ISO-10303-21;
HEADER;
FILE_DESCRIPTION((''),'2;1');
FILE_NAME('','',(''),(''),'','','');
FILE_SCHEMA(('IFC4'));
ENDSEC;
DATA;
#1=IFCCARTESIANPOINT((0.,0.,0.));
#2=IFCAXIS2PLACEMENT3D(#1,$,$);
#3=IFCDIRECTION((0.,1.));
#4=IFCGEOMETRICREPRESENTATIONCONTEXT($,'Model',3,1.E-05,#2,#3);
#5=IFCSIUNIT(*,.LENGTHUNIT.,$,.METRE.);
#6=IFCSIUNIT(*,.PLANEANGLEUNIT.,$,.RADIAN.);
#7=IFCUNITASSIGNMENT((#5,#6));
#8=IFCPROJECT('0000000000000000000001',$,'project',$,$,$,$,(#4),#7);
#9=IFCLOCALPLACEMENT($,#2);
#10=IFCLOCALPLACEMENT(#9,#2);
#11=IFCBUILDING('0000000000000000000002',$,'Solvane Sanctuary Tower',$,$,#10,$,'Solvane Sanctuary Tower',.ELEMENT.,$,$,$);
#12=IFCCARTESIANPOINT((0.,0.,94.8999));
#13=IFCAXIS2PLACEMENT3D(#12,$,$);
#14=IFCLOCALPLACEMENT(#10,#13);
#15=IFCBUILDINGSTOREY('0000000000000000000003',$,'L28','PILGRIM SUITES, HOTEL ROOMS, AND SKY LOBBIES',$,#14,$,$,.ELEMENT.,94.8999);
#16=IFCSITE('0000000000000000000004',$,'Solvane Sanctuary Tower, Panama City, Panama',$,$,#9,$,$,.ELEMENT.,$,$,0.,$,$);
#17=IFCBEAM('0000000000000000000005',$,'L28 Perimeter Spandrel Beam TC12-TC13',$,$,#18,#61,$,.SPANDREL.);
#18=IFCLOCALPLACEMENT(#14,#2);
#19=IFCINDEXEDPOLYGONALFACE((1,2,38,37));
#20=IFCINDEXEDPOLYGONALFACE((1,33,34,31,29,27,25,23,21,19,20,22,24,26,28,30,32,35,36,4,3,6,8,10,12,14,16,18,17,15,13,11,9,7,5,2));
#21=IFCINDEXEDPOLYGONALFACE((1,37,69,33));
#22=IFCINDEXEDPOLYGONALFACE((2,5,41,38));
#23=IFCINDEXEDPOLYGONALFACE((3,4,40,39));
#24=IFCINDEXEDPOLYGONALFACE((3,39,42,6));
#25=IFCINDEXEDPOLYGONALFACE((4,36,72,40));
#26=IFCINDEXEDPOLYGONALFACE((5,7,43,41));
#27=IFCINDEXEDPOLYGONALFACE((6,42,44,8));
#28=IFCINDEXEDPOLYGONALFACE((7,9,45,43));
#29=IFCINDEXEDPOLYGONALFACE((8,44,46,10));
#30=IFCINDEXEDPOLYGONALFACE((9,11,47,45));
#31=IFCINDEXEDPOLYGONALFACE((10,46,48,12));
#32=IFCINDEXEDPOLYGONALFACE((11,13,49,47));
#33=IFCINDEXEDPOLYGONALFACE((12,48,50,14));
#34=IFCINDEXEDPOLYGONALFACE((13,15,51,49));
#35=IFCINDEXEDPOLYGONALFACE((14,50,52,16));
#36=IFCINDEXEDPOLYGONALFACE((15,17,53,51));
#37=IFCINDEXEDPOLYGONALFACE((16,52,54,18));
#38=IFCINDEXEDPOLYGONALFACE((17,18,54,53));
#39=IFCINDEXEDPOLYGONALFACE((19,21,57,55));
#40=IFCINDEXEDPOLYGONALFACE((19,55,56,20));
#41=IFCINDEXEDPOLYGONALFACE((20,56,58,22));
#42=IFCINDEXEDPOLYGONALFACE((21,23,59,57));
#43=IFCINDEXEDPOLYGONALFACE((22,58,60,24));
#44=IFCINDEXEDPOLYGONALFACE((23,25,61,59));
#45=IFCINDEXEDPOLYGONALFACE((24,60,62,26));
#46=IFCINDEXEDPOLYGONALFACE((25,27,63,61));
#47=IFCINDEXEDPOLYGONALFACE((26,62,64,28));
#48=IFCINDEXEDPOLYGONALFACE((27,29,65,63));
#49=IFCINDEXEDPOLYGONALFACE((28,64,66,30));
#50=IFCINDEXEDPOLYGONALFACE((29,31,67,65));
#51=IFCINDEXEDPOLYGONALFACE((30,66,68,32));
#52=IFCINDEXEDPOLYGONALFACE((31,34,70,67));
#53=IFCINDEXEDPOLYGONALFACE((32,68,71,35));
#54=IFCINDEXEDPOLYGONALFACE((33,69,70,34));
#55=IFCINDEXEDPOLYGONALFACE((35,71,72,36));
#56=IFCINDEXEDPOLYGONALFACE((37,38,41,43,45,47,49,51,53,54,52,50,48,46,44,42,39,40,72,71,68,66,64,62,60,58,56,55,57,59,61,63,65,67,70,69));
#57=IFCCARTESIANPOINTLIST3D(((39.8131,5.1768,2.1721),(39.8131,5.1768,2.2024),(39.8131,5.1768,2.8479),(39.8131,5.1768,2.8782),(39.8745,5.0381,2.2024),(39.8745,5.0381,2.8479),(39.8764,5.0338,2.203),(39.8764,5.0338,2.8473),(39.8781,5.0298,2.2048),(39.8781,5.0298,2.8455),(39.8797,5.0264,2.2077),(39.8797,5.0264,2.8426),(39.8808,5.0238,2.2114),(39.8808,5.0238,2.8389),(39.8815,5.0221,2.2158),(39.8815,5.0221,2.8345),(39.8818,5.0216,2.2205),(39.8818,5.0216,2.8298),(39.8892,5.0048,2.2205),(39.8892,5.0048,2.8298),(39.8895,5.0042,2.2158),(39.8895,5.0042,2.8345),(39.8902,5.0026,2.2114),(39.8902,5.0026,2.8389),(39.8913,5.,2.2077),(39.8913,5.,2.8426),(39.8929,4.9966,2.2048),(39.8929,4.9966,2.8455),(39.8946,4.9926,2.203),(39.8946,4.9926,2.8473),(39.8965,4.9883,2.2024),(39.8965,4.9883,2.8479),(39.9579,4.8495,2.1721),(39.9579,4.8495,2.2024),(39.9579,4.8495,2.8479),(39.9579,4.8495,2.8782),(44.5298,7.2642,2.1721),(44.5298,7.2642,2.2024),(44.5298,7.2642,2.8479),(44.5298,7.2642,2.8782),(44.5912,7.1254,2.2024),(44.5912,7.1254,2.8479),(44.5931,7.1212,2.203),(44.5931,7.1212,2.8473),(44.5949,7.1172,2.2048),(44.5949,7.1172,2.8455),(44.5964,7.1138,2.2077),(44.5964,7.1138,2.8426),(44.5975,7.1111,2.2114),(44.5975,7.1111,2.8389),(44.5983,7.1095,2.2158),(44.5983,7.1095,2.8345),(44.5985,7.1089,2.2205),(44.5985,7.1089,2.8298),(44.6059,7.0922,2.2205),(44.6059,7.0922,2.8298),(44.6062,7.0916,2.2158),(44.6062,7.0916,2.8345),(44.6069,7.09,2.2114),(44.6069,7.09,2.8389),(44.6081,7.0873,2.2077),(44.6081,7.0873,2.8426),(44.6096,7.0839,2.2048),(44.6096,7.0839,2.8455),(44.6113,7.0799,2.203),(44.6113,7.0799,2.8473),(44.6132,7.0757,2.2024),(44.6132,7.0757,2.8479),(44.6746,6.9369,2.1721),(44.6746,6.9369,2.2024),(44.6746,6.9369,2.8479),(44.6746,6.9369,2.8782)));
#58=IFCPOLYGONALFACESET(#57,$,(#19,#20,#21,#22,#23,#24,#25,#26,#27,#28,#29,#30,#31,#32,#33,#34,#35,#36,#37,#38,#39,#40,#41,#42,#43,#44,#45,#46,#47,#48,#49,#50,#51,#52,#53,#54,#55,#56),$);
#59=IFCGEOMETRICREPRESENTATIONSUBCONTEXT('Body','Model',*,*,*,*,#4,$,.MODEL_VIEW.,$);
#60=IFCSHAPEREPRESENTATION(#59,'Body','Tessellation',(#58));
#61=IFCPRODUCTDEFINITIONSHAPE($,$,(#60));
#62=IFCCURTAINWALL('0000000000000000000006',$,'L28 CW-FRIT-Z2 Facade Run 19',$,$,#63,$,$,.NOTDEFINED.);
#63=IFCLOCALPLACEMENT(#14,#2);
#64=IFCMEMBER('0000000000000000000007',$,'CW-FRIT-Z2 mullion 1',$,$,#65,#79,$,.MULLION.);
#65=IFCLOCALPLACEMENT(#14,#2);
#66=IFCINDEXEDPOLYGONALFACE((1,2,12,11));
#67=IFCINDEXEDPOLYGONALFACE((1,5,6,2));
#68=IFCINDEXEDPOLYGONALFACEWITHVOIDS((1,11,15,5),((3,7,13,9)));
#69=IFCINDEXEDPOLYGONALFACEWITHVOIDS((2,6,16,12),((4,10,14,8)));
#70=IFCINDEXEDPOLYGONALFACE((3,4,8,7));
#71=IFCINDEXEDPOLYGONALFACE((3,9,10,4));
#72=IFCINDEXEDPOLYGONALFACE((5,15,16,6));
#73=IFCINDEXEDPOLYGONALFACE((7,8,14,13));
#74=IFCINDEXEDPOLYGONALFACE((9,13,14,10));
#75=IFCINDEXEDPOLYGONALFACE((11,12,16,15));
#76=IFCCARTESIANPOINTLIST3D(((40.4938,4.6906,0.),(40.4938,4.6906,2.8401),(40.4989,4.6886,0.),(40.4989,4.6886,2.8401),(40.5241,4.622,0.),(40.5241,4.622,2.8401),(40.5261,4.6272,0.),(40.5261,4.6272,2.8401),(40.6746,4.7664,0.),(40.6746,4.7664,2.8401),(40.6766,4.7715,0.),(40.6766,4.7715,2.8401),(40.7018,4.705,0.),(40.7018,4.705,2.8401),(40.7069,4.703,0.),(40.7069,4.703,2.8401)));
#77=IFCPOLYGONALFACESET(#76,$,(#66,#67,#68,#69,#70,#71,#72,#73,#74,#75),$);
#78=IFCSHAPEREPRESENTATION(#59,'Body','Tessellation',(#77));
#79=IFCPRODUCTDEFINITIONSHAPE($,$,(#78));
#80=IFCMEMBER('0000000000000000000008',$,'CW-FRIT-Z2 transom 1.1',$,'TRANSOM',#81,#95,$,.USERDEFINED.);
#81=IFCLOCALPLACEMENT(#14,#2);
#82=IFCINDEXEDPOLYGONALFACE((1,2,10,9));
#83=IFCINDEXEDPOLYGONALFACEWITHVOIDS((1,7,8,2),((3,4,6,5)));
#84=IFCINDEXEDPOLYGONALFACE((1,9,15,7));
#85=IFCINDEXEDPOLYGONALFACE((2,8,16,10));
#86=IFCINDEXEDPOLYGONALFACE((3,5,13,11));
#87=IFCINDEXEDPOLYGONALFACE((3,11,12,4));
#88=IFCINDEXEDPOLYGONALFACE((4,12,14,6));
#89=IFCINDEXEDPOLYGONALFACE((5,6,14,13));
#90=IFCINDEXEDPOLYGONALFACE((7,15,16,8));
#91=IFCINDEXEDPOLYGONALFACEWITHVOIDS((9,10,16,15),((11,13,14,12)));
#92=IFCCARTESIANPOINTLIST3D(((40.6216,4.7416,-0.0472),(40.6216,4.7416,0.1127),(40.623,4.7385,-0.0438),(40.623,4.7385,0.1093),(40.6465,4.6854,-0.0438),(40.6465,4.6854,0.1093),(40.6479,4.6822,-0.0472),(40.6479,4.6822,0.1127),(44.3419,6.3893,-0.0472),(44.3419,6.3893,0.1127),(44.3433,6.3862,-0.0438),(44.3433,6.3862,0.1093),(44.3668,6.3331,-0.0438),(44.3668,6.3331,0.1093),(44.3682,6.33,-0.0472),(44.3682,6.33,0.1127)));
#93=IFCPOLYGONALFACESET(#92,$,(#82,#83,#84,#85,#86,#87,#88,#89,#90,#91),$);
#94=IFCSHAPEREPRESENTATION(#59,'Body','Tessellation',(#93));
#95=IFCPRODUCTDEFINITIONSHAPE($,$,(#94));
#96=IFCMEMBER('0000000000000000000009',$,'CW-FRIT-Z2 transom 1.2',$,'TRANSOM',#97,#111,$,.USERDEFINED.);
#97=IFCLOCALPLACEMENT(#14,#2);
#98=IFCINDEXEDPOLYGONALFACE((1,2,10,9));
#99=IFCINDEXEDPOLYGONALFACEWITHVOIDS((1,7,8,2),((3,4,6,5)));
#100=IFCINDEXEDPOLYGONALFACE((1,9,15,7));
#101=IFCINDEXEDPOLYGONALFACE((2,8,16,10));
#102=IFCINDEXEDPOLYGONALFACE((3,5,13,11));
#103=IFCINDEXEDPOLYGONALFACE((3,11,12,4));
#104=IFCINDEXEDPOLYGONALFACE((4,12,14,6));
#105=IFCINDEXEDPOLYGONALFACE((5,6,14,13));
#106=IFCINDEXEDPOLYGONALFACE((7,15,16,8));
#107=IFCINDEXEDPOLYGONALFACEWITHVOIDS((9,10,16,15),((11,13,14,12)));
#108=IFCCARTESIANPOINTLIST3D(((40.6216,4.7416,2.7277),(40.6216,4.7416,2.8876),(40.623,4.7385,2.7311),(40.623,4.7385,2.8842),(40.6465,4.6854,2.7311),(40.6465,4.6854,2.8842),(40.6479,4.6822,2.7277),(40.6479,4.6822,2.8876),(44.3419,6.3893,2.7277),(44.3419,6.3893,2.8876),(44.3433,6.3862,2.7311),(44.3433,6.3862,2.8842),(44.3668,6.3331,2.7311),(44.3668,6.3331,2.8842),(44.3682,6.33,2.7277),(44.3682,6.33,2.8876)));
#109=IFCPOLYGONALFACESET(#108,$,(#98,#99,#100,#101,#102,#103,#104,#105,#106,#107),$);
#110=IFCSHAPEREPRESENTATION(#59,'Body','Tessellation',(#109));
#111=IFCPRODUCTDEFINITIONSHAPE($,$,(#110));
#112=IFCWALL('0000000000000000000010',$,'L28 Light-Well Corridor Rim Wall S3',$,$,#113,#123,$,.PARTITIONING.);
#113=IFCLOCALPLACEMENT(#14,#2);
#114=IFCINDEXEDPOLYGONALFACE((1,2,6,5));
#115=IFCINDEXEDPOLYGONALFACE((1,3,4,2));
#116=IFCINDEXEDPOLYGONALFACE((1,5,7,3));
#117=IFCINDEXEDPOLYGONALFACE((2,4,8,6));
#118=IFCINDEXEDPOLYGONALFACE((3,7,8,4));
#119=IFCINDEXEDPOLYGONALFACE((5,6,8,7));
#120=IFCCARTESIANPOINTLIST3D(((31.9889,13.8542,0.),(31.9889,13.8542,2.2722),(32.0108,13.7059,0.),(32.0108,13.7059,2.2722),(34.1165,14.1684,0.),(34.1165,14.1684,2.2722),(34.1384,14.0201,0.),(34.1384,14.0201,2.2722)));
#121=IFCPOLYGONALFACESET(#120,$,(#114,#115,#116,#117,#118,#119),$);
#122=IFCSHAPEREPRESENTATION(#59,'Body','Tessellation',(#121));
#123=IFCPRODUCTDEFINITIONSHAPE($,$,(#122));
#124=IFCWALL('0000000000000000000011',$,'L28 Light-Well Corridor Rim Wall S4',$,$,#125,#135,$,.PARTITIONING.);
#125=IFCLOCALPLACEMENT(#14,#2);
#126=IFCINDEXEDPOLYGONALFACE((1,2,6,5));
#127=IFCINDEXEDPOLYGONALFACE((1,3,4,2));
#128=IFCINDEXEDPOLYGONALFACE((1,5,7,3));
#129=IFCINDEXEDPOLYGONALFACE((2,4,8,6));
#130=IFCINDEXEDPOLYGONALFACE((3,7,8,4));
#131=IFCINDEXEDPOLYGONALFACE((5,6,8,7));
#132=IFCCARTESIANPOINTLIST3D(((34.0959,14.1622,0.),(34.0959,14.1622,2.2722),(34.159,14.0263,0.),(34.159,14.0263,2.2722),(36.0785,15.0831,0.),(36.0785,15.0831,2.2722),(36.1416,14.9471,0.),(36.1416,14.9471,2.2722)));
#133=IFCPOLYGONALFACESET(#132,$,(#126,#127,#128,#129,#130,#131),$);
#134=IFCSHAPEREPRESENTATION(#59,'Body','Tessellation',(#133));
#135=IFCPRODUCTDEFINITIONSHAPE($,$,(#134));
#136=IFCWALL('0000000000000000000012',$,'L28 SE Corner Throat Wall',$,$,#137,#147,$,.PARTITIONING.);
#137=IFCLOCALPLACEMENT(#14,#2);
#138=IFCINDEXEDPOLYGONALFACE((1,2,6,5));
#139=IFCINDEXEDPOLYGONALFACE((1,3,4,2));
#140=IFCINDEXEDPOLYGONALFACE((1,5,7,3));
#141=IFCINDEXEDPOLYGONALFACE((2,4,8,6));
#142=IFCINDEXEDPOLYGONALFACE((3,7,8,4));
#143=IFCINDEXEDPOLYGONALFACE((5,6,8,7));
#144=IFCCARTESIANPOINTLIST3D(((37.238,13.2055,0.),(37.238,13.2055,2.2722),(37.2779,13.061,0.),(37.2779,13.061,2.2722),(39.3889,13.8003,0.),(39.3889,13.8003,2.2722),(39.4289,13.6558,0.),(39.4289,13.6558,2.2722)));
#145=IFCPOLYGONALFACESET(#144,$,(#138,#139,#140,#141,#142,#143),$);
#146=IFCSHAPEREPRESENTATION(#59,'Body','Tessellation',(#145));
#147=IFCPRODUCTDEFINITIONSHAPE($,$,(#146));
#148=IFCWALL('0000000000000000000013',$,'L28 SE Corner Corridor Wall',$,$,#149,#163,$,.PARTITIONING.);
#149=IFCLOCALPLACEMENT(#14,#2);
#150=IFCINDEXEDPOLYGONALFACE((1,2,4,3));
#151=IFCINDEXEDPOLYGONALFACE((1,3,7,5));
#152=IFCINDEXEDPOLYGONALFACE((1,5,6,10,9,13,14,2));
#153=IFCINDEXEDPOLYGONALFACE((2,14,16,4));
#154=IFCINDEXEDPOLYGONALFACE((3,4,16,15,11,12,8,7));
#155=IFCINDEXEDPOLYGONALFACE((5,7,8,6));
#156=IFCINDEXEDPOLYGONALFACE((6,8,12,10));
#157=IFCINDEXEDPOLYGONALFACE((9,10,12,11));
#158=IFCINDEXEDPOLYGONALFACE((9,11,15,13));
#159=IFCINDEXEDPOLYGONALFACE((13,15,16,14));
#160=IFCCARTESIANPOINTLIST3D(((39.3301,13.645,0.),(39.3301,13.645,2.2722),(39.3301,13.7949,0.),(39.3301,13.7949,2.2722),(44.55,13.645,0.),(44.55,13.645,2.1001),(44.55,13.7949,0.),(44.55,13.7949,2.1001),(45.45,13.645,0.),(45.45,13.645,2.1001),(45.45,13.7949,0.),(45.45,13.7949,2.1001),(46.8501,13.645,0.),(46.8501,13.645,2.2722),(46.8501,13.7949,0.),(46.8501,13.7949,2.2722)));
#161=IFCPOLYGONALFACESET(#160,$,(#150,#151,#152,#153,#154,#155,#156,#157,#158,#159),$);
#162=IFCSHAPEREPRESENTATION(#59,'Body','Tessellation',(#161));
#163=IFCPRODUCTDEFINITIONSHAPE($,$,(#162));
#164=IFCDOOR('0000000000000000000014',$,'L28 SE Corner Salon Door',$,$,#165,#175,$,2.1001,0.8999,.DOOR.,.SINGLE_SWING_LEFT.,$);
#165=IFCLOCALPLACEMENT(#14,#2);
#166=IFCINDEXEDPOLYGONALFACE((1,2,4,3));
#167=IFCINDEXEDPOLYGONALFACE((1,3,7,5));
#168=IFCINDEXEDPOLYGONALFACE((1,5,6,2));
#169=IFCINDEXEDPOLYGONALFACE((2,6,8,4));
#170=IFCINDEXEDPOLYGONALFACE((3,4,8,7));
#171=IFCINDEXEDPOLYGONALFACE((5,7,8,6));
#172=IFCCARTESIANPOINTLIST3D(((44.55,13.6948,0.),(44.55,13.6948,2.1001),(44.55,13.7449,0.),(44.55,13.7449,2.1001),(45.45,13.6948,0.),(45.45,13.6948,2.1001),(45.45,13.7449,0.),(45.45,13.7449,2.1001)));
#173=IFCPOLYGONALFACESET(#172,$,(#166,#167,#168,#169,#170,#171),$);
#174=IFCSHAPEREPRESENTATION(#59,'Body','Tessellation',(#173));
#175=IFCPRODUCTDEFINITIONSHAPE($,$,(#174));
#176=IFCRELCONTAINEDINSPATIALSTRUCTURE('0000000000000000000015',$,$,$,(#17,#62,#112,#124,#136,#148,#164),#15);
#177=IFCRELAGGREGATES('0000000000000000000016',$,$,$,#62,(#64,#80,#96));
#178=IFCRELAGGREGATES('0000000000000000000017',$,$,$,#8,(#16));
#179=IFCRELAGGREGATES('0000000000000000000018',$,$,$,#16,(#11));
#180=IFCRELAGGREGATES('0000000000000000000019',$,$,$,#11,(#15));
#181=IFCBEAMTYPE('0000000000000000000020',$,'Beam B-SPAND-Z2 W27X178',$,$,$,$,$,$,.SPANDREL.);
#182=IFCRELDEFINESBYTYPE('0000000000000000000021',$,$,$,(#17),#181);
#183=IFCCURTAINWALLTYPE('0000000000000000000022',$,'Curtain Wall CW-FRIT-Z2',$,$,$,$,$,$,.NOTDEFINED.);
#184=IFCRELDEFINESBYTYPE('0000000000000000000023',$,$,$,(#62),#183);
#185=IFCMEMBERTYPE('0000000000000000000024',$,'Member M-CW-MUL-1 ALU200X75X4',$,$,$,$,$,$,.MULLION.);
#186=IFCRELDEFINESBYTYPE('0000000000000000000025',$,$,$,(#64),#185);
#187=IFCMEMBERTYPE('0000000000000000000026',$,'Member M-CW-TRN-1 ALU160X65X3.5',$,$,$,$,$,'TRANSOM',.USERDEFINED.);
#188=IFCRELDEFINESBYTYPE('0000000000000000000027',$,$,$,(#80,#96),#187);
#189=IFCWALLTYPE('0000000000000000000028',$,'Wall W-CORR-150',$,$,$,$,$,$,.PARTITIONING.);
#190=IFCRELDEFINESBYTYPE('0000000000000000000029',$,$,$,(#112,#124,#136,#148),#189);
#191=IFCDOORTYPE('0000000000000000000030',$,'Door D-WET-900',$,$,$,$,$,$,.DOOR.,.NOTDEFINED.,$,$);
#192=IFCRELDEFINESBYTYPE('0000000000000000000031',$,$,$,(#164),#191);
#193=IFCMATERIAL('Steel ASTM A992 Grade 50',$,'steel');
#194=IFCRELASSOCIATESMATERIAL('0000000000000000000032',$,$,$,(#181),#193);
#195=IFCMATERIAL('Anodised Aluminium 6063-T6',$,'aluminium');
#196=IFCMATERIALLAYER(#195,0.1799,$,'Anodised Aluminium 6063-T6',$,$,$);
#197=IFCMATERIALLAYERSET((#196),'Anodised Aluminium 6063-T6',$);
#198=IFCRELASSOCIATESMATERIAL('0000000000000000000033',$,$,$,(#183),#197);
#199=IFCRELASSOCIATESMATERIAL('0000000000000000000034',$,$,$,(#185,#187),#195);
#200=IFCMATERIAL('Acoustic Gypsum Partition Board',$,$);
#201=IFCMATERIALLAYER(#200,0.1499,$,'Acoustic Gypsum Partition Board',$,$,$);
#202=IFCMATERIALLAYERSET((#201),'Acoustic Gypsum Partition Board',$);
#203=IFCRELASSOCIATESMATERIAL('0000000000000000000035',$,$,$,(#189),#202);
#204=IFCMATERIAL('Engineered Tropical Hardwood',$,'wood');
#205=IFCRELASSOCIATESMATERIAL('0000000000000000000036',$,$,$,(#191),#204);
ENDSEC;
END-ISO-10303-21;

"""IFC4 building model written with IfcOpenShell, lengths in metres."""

from ifc_helpers import new_model, si_unit, direction, frame, frame_2d, origin, origin_2d, place, context, subcontext, project, spatial, rectangle, hollow_rectangle, i_section, extrude, material, layer, layer_set, material_profile, profile_set, type_object, element, fill, aggregate, save


model = new_model("IFC4")

# Units and contexts
model_context = context("Model", 3, precision=1e-05, world=origin(), true_north=direction((0.0, 1.0)))
body_context = subcontext(model_context, "Body", "Model", "MODEL_VIEW")
ifc_project = project(units=[si_unit("LENGTHUNIT", "METRE"), si_unit("PLANEANGLEUNIT", "RADIAN")], contexts=[model_context])

# Site, building, storey
site_placement = place(None, origin())
site = spatial("IfcSite", under=ifc_project, at=site_placement, Name="Solvane Sanctuary Tower, Panama City, Panama", CompositionType="ELEMENT", RefElevation=0.0)
building_placement = place(site_placement, origin())
building = spatial("IfcBuilding", under=site, at=building_placement, Name="Solvane Sanctuary Tower", LongName="Solvane Sanctuary Tower", CompositionType="ELEMENT")
storey_placement = place(building_placement, frame((0.0, 0.0, 94.8999)))
storey = spatial("IfcBuildingStorey", under=building, at=storey_placement, Name="L28", Description="PILGRIM SUITES, HOTEL ROOMS, AND SKY LOBBIES", CompositionType="ELEMENT", Elevation=94.8999)

# Beam
ifc_material_1 = material(Name="Steel ASTM A992 Grade 50", Category="steel")
ifc_material_profile_1 = material_profile(ifc_material_1, i_section(OverallWidth=0.3579, OverallDepth=0.7061, WebThickness=0.0183, FlangeThickness=0.0303, FilletRadius=0.0181, at=origin_2d()), Name="W27X178")
ifc_profile_set_1 = profile_set([ifc_material_profile_1], Name="Steel ASTM A992 Grade 50")
beam_type_1 = type_object("IfcBeamType", Name="Beam B-SPAND-Z2 W27X178", PredefinedType="SPANDREL", material=ifc_profile_set_1)
beam_1_placement = place(storey_placement, frame((39.8855, 5.0132, 2.5251), z_axis=(0.914455, 0.404689, 0.0), x_axis=(-0.404689, 0.914455, 0.0)))
element("IfcBeam", 1, at=beam_1_placement, inside=storey, type_object=beam_type_1, Name="L28 Perimeter Spandrel Beam TC12-TC13", PredefinedType="SPANDREL", context=body_context, shape_type="SweptSolid", body=[
    extrude(i_section(OverallWidth=0.3579, OverallDepth=0.7061, WebThickness=0.0183, FlangeThickness=0.0303, FilletRadius=0.0181, at=origin_2d()), origin(), (0.0, 0.0, 1.0), 5.158),
])

# Curtain wall, members
ifc_material_2 = material(Name="Anodised Aluminium 6063-T6", Category="aluminium")
ifc_layer_1 = layer(ifc_material_2, 0.1799, Name="Anodised Aluminium 6063-T6")
ifc_layer_set_1 = layer_set([ifc_layer_1], Name="Anodised Aluminium 6063-T6")
curtain_wall_type = type_object("IfcCurtainWallType", Name="Curtain Wall CW-FRIT-Z2", PredefinedType="NOTDEFINED", material=ifc_layer_set_1)
curtain_wall_placement = place(storey_placement, origin())
curtain_wall = element("IfcCurtainWall", 2, at=curtain_wall_placement, inside=storey, type_object=curtain_wall_type, Name="L28 CW-FRIT-Z2 Facade Run 19", PredefinedType="NOTDEFINED")
ifc_material_profile_2 = material_profile(ifc_material_2, hollow_rectangle(XDim=0.075, YDim=0.2, WallThickness=0.0039, at=origin_2d()), Name="ALU200X75X4")
ifc_profile_set_2 = profile_set([ifc_material_profile_2], Name="Anodised Aluminium 6063-T6")
member_type_1 = type_object("IfcMemberType", Name="Member M-CW-MUL-1 ALU200X75X4", PredefinedType="MULLION", material=ifc_profile_set_2)
member_1_placement = place(storey_placement, frame((40.6003, 4.6968, 0.0), z_axis=(0.0, 0.0, 1.0), x_axis=(-0.404951, 0.914339, 0.0)))
member_1 = element("IfcMember", 3, at=member_1_placement, type_object=member_type_1, Name="CW-FRIT-Z2 mullion 1", PredefinedType="MULLION", context=body_context, shape_type="SweptSolid", body=[
    extrude(hollow_rectangle(XDim=0.075, YDim=0.2, WallThickness=0.0039, at=origin_2d()), origin(), (0.0, 0.0, 1.0), 2.8401),
])
ifc_material_profile_3 = material_profile(ifc_material_2, hollow_rectangle(XDim=0.0649, YDim=0.1599, WallThickness=0.0034, at=origin_2d()), Name="ALU160X65X3.5")
ifc_profile_set_3 = profile_set([ifc_material_profile_3], Name="Anodised Aluminium 6063-T6")
member_type_2 = type_object("IfcMemberType", Name="Member M-CW-TRN-1 ALU160X65X3.5", ElementType="TRANSOM", PredefinedType="USERDEFINED", material=ifc_profile_set_3)
member_2_placement = place(storey_placement, frame((40.6348, 4.7119, 0.0327), z_axis=(0.914333, 0.404963, 0.0), x_axis=(-0.404963, 0.914333, 0.0)))
member_2 = element("IfcMember", 4, at=member_2_placement, type_object=member_type_2, Name="CW-FRIT-Z2 transom 1.1", ObjectType="TRANSOM", PredefinedType="USERDEFINED", context=body_context, shape_type="SweptSolid", body=[
    extrude(hollow_rectangle(XDim=0.0649, YDim=0.1599, WallThickness=0.0034, at=origin_2d()), origin(), (0.0, 0.0, 1.0), 4.0688),
])
member_3_placement = place(storey_placement, frame((40.6348, 4.7119, 2.8076), z_axis=(0.914333, 0.404963, 0.0), x_axis=(-0.404963, 0.914333, 0.0)))
member_3 = element("IfcMember", 5, at=member_3_placement, type_object=member_type_2, Name="CW-FRIT-Z2 transom 1.2", ObjectType="TRANSOM", PredefinedType="USERDEFINED", context=body_context, shape_type="SweptSolid", body=[
    extrude(hollow_rectangle(XDim=0.0649, YDim=0.1599, WallThickness=0.0034, at=origin_2d()), origin(), (0.0, 0.0, 1.0), 4.0688),
])
aggregate(curtain_wall, [member_1, member_2, member_3])

# Walls
ifc_material_3 = material(Name="Acoustic Gypsum Partition Board")
ifc_layer_2 = layer(ifc_material_3, 0.1499, Name="Acoustic Gypsum Partition Board")
ifc_layer_set_2 = layer_set([ifc_layer_2], Name="Acoustic Gypsum Partition Board")
wall_type_1 = type_object("IfcWallType", Name="Wall W-CORR-150", PredefinedType="PARTITIONING", material=ifc_layer_set_2)
wall_1_placement = place(storey_placement, frame((32.0, 13.78, 0.0), z_axis=(0.0, 0.0, 1.0), x_axis=(0.989269, 0.146108, 0.0)))
element("IfcWall", 6, at=wall_1_placement, inside=storey, type_object=wall_type_1, Name="L28 Light-Well Corridor Rim Wall S3", PredefinedType="PARTITIONING", context=body_context, shape_type="SweptSolid", body=[
    extrude(rectangle(XDim=2.1506, YDim=0.1499, at=frame_2d((1.0752, 0.0))), origin(), (0.0, 0.0, 1.0), 2.2722),
])
wall_2_placement = place(storey_placement, frame((34.1274, 14.0942, 0.0), z_axis=(0.0, 0.0, 1.0), x_axis=(0.906943, 0.421252, 0.0)))
element("IfcWall", 7, at=wall_2_placement, inside=storey, type_object=wall_type_1, Name="L28 Light-Well Corridor Rim Wall S4", PredefinedType="PARTITIONING", context=body_context, shape_type="SweptSolid", body=[
    extrude(rectangle(XDim=2.186, YDim=0.1499, at=frame_2d((1.093, 0.0))), origin(), (0.0, 0.0, 1.0), 2.2722),
])
wall_3_placement = place(storey_placement, frame((37.2581, 13.1333, 0.0), z_axis=(0.0, 0.0, 1.0), x_axis=(0.963834, 0.266504, 0.0)))
element("IfcWall", 8, at=wall_3_placement, inside=storey, type_object=wall_type_1, Name="L28 SE Corner Throat Wall", PredefinedType="PARTITIONING", context=body_context, shape_type="SweptSolid", body=[
    extrude(rectangle(XDim=2.2317, YDim=0.1499, at=frame_2d((1.1157, 0.0))), origin(), (0.0, 0.0, 1.0), 2.2722),
])

# Wall, opening, door
wall_4_placement = place(storey_placement, frame((39.3301, 13.72, 0.0), z_axis=(0.0, 0.0, 1.0), x_axis=(1.0, 0.0, 0.0)))
wall_4 = element("IfcWall", 9, at=wall_4_placement, inside=storey, type_object=wall_type_1, Name="L28 SE Corner Corridor Wall", PredefinedType="PARTITIONING", context=body_context, shape_type="SweptSolid", body=[
    extrude(rectangle(XDim=7.52, YDim=0.1499, at=frame_2d((3.76, 0.0))), origin(), (0.0, 0.0, 1.0), 2.2722),
])
opening_1_placement = place(wall_4_placement, frame((5.22, 0.0, 0.0)))
opening_1 = element("IfcOpeningElement", 10, at=opening_1_placement, cuts=wall_4, PredefinedType="OPENING", context=body_context, shape_type="SweptSolid", body=[
    extrude(rectangle(XDim=0.8999, YDim=2.1001, at=frame_2d((0.45, 1.05))), frame((0.0, 0.085, 0.0), z_axis=(0.0, -1.0, 0.0), x_axis=(1.0, 0.0, 0.0)), (0.0, 0.0, 1.0), 0.1699),
])
ifc_material_4 = material(Name="Engineered Tropical Hardwood", Category="wood")
door_type_1 = type_object("IfcDoorType", Name="Door D-WET-900", OperationType="NOTDEFINED", PredefinedType="DOOR", material=ifc_material_4)
door_1_placement = place(opening_1_placement, origin())
door_1 = element("IfcDoor", 11, at=door_1_placement, inside=storey, type_object=door_type_1, Name="L28 SE Corner Salon Door", OperationType="SINGLE_SWING_LEFT", OverallHeight=2.1001, OverallWidth=0.8999, PredefinedType="DOOR", context=body_context, shape_type="SweptSolid", body=[
    extrude(rectangle(XDim=0.8999, YDim=2.1001, at=frame_2d((0.45, 1.05))), frame((0.0, 0.0249, 0.0), z_axis=(0.0, -1.0, 0.0), x_axis=(1.0, 0.0, 0.0)), (0.0, 0.0, 1.0), 0.05),
])
fill(opening_1, door_1)

save(model, "model.ifc")
